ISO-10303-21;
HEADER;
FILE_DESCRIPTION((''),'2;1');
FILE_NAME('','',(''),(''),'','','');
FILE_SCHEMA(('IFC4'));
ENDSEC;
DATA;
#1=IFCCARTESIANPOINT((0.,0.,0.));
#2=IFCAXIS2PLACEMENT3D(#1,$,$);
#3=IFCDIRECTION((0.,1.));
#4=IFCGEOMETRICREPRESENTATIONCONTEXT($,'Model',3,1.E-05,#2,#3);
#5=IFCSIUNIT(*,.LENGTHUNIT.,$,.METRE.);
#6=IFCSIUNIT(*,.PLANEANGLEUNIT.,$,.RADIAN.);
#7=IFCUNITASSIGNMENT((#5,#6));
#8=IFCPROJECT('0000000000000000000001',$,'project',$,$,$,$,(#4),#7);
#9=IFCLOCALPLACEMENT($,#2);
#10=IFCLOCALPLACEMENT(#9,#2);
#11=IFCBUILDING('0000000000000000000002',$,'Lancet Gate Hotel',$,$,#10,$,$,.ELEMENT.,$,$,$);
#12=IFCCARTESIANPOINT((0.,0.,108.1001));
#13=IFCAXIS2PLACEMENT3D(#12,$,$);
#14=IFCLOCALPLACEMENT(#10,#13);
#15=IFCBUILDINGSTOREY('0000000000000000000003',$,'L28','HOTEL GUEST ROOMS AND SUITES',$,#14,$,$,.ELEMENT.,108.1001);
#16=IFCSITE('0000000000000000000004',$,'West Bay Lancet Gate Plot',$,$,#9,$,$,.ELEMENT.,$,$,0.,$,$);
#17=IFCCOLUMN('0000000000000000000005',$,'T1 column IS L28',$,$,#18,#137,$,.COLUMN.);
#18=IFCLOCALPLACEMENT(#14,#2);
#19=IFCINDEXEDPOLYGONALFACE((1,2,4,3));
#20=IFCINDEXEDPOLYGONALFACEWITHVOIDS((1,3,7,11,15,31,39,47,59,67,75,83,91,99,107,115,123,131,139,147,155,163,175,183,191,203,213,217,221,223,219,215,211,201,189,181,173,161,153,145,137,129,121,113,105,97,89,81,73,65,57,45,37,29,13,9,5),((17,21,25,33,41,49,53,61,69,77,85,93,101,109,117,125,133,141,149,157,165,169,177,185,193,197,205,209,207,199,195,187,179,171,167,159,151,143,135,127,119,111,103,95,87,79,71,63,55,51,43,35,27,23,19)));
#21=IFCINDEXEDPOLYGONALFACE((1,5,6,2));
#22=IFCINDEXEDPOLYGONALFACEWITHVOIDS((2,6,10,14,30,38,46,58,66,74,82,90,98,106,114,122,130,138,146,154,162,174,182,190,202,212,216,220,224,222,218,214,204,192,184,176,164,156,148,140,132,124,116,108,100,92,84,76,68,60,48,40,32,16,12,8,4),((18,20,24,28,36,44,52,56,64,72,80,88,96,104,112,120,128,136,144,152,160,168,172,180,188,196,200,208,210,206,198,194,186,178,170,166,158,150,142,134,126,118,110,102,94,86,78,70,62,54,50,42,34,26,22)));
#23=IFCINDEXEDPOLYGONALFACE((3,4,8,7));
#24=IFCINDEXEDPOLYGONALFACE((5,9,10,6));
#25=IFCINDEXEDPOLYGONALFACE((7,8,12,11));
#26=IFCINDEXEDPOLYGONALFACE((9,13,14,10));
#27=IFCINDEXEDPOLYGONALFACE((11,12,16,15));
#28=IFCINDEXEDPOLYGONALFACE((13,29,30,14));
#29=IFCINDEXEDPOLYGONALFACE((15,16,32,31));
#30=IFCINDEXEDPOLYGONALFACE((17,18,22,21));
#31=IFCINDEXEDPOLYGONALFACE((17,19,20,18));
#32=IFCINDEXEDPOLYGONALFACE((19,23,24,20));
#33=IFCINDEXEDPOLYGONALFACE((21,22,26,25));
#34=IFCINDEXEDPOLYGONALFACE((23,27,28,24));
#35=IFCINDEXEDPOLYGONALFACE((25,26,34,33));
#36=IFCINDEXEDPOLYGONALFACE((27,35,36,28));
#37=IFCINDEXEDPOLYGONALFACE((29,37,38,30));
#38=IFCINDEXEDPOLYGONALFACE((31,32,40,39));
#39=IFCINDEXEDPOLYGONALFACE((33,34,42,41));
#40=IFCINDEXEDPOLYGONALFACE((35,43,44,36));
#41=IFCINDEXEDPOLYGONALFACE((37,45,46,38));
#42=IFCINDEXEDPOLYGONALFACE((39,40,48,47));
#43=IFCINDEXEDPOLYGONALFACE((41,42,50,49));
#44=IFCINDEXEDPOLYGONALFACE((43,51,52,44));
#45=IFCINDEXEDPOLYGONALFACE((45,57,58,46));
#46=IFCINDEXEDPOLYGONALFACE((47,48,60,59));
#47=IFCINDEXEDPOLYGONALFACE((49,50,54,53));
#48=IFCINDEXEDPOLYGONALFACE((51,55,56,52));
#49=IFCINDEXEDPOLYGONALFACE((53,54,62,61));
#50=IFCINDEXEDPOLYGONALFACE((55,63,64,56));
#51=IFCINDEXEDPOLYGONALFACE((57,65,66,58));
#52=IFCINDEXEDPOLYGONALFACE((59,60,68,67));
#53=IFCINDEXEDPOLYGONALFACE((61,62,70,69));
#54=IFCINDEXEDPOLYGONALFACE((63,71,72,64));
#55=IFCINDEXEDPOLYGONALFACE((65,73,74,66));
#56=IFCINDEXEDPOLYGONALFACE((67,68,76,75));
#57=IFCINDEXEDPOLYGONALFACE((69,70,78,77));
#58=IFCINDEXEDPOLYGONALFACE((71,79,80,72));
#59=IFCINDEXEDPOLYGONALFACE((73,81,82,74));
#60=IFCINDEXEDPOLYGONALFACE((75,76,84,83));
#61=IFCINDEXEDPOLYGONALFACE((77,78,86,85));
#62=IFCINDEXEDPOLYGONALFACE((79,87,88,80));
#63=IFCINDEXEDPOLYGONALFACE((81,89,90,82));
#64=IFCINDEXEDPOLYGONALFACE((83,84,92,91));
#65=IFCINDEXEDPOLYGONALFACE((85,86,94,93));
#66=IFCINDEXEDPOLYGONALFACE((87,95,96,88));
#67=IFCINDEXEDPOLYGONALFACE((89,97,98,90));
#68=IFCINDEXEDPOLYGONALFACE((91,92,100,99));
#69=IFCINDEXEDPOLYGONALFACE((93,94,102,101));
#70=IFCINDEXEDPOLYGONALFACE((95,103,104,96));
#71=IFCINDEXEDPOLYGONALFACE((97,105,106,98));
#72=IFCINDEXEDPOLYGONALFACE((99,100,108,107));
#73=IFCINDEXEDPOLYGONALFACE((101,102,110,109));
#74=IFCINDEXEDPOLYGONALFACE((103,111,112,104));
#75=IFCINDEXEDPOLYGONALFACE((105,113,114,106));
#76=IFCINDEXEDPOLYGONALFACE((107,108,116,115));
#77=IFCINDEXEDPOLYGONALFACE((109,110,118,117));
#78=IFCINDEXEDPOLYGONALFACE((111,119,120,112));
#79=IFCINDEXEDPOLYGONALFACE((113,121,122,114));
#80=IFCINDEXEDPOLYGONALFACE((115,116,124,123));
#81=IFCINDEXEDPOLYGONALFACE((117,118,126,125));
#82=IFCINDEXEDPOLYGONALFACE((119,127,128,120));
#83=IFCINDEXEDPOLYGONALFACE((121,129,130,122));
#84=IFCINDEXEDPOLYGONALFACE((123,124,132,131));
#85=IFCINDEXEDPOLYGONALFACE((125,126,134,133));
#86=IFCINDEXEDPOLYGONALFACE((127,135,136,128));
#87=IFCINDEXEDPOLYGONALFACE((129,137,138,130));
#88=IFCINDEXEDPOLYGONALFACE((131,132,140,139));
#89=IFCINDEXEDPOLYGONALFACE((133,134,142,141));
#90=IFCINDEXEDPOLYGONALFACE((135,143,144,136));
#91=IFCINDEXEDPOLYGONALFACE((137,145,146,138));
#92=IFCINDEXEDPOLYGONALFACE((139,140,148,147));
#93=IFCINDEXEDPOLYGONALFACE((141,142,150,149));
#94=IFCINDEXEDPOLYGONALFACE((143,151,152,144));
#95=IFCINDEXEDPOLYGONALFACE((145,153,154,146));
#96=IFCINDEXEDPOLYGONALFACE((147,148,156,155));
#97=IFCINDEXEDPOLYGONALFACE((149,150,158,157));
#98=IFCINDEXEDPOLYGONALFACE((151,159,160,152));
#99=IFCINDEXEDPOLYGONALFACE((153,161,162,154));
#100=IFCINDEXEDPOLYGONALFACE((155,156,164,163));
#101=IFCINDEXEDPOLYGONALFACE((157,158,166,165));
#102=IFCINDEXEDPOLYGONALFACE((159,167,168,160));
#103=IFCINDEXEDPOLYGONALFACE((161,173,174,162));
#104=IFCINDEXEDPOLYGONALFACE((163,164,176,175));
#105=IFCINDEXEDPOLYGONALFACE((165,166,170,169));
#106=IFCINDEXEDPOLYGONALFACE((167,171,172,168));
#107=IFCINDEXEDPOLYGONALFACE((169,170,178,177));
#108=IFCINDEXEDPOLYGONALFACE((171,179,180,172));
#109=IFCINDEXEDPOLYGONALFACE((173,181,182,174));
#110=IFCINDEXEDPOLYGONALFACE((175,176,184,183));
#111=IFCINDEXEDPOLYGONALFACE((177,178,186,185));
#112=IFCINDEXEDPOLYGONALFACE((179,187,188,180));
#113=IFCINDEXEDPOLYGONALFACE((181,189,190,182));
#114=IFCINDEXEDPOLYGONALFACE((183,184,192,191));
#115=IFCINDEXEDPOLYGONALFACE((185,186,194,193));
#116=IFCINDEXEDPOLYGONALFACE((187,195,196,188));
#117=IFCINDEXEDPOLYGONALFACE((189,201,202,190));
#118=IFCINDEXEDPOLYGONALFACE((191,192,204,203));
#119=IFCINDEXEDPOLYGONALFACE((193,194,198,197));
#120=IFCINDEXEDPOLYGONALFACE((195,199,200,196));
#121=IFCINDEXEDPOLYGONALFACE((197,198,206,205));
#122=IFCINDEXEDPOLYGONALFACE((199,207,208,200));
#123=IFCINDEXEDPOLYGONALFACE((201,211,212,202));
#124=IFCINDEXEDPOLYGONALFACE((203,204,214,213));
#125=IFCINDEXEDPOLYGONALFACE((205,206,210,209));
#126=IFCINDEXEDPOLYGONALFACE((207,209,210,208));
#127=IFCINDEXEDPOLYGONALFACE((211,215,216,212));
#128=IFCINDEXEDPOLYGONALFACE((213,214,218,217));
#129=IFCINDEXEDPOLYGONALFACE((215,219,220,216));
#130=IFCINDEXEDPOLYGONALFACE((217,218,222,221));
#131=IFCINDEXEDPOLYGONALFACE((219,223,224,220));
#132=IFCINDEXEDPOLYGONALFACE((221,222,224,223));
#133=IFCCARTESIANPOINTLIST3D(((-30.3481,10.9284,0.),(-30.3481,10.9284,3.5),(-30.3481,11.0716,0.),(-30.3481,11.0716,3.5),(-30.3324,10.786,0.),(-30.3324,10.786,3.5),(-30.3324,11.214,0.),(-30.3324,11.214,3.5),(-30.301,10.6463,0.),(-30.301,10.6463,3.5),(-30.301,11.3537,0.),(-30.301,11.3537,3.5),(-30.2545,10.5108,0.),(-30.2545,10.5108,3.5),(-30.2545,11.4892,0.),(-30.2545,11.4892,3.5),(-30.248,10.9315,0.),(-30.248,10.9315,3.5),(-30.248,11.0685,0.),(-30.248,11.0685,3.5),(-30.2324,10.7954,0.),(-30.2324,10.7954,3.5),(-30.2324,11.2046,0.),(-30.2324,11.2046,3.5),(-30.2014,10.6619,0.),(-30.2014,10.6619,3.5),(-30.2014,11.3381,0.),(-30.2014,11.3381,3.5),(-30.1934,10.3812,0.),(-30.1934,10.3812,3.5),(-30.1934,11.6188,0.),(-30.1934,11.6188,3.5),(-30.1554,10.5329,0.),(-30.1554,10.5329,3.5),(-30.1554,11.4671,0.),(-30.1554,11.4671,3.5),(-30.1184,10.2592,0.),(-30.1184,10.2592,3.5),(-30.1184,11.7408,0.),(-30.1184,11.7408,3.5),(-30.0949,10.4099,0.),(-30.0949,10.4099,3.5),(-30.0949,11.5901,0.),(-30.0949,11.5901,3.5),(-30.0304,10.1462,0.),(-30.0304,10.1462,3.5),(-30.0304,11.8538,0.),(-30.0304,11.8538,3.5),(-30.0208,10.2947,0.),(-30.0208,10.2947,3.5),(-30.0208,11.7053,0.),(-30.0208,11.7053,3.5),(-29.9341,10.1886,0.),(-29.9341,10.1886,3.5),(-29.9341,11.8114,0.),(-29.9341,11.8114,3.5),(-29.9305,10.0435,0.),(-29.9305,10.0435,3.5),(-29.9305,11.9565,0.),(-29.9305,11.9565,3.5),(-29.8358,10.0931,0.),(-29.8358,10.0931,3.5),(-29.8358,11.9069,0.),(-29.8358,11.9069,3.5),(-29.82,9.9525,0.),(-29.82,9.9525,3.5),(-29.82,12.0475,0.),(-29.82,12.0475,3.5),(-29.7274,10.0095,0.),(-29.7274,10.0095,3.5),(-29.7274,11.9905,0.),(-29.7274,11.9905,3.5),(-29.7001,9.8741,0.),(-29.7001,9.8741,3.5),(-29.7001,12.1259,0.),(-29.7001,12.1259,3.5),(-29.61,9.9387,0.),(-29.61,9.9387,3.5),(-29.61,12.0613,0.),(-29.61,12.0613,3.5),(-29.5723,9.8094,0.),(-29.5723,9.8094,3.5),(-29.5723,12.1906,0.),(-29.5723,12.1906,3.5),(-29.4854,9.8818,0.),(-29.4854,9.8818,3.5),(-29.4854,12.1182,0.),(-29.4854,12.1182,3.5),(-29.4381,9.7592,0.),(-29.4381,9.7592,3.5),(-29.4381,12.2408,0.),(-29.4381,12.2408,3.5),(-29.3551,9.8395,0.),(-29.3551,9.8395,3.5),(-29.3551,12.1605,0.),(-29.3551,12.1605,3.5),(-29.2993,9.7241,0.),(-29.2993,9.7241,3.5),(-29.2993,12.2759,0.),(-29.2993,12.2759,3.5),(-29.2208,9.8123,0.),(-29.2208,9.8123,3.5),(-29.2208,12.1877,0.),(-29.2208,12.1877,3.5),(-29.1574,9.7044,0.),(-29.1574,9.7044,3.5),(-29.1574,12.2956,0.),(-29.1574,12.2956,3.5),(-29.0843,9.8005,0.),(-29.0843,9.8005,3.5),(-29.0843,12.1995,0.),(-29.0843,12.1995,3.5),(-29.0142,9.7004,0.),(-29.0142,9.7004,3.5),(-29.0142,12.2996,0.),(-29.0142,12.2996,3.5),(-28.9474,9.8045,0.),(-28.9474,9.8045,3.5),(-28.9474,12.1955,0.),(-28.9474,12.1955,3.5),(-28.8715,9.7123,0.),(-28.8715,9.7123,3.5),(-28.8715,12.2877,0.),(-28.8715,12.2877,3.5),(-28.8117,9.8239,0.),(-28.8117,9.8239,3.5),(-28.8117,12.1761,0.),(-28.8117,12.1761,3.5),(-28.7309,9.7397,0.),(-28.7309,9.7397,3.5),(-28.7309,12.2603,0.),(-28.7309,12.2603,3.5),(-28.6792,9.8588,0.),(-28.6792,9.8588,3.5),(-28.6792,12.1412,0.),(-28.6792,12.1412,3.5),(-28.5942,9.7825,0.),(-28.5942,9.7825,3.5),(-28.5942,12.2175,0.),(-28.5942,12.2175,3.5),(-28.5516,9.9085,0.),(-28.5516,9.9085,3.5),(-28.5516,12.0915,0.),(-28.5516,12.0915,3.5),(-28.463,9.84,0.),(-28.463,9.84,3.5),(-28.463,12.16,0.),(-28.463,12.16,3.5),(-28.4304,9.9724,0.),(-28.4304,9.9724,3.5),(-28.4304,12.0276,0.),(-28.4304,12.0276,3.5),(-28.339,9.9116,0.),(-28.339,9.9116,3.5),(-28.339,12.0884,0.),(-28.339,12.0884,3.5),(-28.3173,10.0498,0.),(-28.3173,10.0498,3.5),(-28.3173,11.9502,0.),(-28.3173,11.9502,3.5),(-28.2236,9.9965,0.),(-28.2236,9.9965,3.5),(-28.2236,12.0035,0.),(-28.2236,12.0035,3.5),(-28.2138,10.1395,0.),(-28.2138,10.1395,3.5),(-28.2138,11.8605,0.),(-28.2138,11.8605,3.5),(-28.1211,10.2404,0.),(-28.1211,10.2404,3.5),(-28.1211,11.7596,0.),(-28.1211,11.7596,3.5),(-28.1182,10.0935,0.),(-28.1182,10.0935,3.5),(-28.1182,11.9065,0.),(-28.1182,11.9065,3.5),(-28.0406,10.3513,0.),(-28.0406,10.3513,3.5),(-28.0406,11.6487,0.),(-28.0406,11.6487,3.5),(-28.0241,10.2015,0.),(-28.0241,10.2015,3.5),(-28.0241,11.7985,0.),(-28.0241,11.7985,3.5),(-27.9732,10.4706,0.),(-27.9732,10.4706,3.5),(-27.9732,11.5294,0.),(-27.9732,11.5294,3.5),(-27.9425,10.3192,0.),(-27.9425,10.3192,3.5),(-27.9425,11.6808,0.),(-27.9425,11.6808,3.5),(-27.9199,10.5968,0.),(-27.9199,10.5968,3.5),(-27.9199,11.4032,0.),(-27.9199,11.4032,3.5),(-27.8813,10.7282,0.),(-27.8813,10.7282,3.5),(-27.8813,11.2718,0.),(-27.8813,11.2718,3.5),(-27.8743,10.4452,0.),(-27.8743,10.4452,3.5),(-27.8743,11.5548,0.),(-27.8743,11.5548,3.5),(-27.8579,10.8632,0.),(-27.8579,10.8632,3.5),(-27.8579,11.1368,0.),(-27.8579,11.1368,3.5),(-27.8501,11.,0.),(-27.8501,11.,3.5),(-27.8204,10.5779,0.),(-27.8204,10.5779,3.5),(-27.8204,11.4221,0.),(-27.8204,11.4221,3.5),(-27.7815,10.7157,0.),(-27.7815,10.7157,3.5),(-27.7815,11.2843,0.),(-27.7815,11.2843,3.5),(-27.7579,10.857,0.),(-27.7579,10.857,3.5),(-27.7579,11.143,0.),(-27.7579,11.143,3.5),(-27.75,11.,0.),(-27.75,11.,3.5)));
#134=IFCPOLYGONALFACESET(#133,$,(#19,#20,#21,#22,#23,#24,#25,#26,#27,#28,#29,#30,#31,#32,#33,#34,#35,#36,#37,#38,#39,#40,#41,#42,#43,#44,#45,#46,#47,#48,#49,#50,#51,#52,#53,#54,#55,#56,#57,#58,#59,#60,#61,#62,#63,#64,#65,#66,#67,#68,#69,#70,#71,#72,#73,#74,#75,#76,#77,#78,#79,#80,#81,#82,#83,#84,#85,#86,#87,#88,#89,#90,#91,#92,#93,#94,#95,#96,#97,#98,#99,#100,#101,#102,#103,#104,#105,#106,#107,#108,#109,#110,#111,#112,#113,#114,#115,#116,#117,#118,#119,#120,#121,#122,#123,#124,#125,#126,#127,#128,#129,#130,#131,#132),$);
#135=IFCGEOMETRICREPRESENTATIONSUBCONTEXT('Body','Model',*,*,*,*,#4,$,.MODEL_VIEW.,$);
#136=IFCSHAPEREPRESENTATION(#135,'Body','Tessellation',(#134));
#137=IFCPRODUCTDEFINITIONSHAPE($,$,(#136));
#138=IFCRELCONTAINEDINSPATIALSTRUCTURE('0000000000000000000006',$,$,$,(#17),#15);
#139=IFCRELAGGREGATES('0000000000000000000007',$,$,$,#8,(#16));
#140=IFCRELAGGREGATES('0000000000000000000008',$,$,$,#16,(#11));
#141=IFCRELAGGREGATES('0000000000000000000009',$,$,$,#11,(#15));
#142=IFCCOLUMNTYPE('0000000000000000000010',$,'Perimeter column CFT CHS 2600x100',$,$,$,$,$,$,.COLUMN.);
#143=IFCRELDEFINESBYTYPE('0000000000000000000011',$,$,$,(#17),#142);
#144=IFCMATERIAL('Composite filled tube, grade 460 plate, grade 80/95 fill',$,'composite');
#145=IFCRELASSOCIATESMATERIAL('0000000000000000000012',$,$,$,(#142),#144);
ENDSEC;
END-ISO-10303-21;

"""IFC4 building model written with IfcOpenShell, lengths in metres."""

from ifc_helpers import new_model, si_unit, direction, frame, origin, origin_2d, place, context, subcontext, project, spatial, hollow_circle, extrude, material, material_profile, profile_set, type_object, element, save


model = new_model("IFC4")

# Units and contexts
model_context = context("Model", 3, precision=1e-05, world=origin(), true_north=direction((0.0, 1.0)))
body_context = subcontext(model_context, "Body", "Model", "MODEL_VIEW")
ifc_project = project(units=[si_unit("LENGTHUNIT", "METRE"), si_unit("PLANEANGLEUNIT", "RADIAN")], contexts=[model_context])

# Site, building, storey
site_placement = place(None, origin())
site = spatial("IfcSite", under=ifc_project, at=site_placement, Name="West Bay Lancet Gate Plot", CompositionType="ELEMENT", RefElevation=0.0)
building_placement = place(site_placement, origin())
building = spatial("IfcBuilding", under=site, at=building_placement, Name="Lancet Gate Hotel", CompositionType="ELEMENT")
storey_placement = place(building_placement, frame((0.0, 0.0, 108.1001)))
storey = spatial("IfcBuildingStorey", under=building, at=storey_placement, Name="L28", Description="HOTEL GUEST ROOMS AND SUITES", CompositionType="ELEMENT", Elevation=108.1001)

# Column
ifc_material_1 = material(Name="Composite filled tube, grade 460 plate, grade 80/95 fill", Category="composite")
ifc_material_profile_1 = material_profile(ifc_material_1, hollow_circle(Radius=1.3, WallThickness=0.1001, at=origin_2d()), Name="CHS 2600x100")
ifc_profile_set_1 = profile_set([ifc_material_profile_1], Name="Composite filled tube, grade 460 plate, grade 80/95 fill")
column_type = type_object("IfcColumnType", Name="Perimeter column CFT CHS 2600x100", PredefinedType="COLUMN", material=ifc_profile_set_1)
for number, where, z_axis, x_axis, name in (
    (1, (-29.05, 11.0, 0.0), (0.0, 0.0, 1.0), (1.0, 0.0, 0.0), "T1 column IS L28"),
):
    element("IfcColumn", number, at=place(storey_placement, frame(where, z_axis=z_axis, x_axis=x_axis)), inside=storey, type_object=column_type, Name=name, PredefinedType="COLUMN", context=body_context, shape_type="SweptSolid", body=[
        extrude(hollow_circle(Radius=1.3, WallThickness=0.1001, at=origin_2d()), origin(), (0.0, 0.0, 1.0), 3.5),
    ])

save(model, "model.ifc")
